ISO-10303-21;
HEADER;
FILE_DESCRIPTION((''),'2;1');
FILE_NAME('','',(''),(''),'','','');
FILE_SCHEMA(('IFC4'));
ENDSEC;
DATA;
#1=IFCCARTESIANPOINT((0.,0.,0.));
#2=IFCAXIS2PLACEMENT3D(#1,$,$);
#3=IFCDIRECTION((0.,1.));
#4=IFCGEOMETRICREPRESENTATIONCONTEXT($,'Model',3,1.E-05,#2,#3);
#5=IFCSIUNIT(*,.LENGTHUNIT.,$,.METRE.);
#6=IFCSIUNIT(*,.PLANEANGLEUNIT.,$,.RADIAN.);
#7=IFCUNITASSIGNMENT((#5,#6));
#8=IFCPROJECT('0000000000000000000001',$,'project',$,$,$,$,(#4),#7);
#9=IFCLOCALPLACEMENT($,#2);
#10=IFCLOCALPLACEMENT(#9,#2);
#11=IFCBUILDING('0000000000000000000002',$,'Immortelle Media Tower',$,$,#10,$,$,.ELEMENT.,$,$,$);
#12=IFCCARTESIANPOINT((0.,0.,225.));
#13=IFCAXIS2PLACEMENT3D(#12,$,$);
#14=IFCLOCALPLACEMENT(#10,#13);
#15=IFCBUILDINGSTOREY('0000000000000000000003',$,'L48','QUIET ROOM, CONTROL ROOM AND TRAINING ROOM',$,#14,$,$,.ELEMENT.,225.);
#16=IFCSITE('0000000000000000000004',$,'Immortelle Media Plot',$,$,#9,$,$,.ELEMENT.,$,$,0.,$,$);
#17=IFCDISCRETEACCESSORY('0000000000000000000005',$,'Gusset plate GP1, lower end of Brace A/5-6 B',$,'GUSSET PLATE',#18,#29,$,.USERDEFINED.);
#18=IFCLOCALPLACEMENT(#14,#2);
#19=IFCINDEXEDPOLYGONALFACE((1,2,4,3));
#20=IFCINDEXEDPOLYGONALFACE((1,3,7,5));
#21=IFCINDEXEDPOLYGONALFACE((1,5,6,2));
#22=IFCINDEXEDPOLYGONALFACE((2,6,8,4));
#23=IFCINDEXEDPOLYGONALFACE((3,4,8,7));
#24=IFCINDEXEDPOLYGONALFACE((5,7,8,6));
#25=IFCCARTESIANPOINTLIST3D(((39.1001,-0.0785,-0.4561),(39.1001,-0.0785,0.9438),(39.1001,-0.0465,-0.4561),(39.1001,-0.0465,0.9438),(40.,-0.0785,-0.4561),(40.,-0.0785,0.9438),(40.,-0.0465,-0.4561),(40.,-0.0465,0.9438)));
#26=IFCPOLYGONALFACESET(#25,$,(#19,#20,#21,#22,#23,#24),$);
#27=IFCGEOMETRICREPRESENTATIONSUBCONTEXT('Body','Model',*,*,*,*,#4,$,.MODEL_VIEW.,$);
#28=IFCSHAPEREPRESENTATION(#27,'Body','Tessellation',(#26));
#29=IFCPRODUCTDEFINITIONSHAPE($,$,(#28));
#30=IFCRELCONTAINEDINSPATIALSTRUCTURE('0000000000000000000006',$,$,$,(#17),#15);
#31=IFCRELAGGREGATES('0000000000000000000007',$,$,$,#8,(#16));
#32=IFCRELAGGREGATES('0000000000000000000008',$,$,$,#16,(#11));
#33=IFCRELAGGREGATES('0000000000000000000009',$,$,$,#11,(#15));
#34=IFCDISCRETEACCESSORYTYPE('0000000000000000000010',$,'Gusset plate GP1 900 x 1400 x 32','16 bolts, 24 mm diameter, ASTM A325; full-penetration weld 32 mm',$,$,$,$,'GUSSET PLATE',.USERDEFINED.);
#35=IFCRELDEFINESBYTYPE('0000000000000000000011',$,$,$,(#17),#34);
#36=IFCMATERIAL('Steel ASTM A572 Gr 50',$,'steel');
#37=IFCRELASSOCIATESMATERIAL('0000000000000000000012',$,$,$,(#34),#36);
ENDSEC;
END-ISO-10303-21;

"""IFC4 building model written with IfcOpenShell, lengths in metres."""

from ifc_helpers import new_model, si_unit, direction, frame, origin, origin_2d, place, context, subcontext, project, spatial, rectangle, extrude, material, material_profile, profile_set, type_object, element, save


model = new_model("IFC4")

# Units and contexts
model_context = context("Model", 3, precision=1e-05, world=origin(), true_north=direction((0.0, 1.0)))
body_context = subcontext(model_context, "Body", "Model", "MODEL_VIEW")
ifc_project = project(units=[si_unit("LENGTHUNIT", "METRE"), si_unit("PLANEANGLEUNIT", "RADIAN")], contexts=[model_context])

# Site, building, storey
site_placement = place(None, origin())
site = spatial("IfcSite", under=ifc_project, at=site_placement, Name="Immortelle Media Plot", CompositionType="ELEMENT", RefElevation=0.0)
building_placement = place(site_placement, origin())
building = spatial("IfcBuilding", under=site, at=building_placement, Name="Immortelle Media Tower", CompositionType="ELEMENT")
storey_placement = place(building_placement, frame((0.0, 0.0, 225.0)))
storey = spatial("IfcBuildingStorey", under=building, at=storey_placement, Name="L48", Description="QUIET ROOM, CONTROL ROOM AND TRAINING ROOM", CompositionType="ELEMENT", Elevation=225.0)

# Discrete accessory
ifc_material_1 = material(Name="Steel ASTM A572 Gr 50", Category="steel")
ifc_material_profile_1 = material_profile(ifc_material_1, rectangle(XDim=0.032, YDim=1.3999, at=origin_2d()), Name="PL 32 x 1400")
ifc_profile_set_1 = profile_set([ifc_material_profile_1], Name="Steel ASTM A572 Gr 50")
discrete_accessory_type_1 = type_object("IfcDiscreteAccessoryType", Name="Gusset plate GP1 900 x 1400 x 32", Description="16 bolts, 24 mm diameter, ASTM A325; full-penetration weld 32 mm", ElementType="GUSSET PLATE", PredefinedType="USERDEFINED", material=ifc_profile_set_1)
for number, where, z_axis, x_axis, name in (
    (1, (40.0, -0.0625, 0.2439), (-1.0, 0.0, 0.0), (0.0, -1.0, 0.0), "Gusset plate GP1, lower end of Brace A/5-6 B"),
):
    element("IfcDiscreteAccessory", number, at=place(storey_placement, frame(where, z_axis=z_axis, x_axis=x_axis)), inside=storey, type_object=discrete_accessory_type_1, Name=name, ObjectType="GUSSET PLATE", PredefinedType="USERDEFINED", context=body_context, shape_type="SweptSolid", body=[
        extrude(rectangle(XDim=0.032, YDim=1.3999, at=origin_2d()), origin(), (0.0, 0.0, 1.0), 0.8999),
    ])

save(model, "model.ifc")
